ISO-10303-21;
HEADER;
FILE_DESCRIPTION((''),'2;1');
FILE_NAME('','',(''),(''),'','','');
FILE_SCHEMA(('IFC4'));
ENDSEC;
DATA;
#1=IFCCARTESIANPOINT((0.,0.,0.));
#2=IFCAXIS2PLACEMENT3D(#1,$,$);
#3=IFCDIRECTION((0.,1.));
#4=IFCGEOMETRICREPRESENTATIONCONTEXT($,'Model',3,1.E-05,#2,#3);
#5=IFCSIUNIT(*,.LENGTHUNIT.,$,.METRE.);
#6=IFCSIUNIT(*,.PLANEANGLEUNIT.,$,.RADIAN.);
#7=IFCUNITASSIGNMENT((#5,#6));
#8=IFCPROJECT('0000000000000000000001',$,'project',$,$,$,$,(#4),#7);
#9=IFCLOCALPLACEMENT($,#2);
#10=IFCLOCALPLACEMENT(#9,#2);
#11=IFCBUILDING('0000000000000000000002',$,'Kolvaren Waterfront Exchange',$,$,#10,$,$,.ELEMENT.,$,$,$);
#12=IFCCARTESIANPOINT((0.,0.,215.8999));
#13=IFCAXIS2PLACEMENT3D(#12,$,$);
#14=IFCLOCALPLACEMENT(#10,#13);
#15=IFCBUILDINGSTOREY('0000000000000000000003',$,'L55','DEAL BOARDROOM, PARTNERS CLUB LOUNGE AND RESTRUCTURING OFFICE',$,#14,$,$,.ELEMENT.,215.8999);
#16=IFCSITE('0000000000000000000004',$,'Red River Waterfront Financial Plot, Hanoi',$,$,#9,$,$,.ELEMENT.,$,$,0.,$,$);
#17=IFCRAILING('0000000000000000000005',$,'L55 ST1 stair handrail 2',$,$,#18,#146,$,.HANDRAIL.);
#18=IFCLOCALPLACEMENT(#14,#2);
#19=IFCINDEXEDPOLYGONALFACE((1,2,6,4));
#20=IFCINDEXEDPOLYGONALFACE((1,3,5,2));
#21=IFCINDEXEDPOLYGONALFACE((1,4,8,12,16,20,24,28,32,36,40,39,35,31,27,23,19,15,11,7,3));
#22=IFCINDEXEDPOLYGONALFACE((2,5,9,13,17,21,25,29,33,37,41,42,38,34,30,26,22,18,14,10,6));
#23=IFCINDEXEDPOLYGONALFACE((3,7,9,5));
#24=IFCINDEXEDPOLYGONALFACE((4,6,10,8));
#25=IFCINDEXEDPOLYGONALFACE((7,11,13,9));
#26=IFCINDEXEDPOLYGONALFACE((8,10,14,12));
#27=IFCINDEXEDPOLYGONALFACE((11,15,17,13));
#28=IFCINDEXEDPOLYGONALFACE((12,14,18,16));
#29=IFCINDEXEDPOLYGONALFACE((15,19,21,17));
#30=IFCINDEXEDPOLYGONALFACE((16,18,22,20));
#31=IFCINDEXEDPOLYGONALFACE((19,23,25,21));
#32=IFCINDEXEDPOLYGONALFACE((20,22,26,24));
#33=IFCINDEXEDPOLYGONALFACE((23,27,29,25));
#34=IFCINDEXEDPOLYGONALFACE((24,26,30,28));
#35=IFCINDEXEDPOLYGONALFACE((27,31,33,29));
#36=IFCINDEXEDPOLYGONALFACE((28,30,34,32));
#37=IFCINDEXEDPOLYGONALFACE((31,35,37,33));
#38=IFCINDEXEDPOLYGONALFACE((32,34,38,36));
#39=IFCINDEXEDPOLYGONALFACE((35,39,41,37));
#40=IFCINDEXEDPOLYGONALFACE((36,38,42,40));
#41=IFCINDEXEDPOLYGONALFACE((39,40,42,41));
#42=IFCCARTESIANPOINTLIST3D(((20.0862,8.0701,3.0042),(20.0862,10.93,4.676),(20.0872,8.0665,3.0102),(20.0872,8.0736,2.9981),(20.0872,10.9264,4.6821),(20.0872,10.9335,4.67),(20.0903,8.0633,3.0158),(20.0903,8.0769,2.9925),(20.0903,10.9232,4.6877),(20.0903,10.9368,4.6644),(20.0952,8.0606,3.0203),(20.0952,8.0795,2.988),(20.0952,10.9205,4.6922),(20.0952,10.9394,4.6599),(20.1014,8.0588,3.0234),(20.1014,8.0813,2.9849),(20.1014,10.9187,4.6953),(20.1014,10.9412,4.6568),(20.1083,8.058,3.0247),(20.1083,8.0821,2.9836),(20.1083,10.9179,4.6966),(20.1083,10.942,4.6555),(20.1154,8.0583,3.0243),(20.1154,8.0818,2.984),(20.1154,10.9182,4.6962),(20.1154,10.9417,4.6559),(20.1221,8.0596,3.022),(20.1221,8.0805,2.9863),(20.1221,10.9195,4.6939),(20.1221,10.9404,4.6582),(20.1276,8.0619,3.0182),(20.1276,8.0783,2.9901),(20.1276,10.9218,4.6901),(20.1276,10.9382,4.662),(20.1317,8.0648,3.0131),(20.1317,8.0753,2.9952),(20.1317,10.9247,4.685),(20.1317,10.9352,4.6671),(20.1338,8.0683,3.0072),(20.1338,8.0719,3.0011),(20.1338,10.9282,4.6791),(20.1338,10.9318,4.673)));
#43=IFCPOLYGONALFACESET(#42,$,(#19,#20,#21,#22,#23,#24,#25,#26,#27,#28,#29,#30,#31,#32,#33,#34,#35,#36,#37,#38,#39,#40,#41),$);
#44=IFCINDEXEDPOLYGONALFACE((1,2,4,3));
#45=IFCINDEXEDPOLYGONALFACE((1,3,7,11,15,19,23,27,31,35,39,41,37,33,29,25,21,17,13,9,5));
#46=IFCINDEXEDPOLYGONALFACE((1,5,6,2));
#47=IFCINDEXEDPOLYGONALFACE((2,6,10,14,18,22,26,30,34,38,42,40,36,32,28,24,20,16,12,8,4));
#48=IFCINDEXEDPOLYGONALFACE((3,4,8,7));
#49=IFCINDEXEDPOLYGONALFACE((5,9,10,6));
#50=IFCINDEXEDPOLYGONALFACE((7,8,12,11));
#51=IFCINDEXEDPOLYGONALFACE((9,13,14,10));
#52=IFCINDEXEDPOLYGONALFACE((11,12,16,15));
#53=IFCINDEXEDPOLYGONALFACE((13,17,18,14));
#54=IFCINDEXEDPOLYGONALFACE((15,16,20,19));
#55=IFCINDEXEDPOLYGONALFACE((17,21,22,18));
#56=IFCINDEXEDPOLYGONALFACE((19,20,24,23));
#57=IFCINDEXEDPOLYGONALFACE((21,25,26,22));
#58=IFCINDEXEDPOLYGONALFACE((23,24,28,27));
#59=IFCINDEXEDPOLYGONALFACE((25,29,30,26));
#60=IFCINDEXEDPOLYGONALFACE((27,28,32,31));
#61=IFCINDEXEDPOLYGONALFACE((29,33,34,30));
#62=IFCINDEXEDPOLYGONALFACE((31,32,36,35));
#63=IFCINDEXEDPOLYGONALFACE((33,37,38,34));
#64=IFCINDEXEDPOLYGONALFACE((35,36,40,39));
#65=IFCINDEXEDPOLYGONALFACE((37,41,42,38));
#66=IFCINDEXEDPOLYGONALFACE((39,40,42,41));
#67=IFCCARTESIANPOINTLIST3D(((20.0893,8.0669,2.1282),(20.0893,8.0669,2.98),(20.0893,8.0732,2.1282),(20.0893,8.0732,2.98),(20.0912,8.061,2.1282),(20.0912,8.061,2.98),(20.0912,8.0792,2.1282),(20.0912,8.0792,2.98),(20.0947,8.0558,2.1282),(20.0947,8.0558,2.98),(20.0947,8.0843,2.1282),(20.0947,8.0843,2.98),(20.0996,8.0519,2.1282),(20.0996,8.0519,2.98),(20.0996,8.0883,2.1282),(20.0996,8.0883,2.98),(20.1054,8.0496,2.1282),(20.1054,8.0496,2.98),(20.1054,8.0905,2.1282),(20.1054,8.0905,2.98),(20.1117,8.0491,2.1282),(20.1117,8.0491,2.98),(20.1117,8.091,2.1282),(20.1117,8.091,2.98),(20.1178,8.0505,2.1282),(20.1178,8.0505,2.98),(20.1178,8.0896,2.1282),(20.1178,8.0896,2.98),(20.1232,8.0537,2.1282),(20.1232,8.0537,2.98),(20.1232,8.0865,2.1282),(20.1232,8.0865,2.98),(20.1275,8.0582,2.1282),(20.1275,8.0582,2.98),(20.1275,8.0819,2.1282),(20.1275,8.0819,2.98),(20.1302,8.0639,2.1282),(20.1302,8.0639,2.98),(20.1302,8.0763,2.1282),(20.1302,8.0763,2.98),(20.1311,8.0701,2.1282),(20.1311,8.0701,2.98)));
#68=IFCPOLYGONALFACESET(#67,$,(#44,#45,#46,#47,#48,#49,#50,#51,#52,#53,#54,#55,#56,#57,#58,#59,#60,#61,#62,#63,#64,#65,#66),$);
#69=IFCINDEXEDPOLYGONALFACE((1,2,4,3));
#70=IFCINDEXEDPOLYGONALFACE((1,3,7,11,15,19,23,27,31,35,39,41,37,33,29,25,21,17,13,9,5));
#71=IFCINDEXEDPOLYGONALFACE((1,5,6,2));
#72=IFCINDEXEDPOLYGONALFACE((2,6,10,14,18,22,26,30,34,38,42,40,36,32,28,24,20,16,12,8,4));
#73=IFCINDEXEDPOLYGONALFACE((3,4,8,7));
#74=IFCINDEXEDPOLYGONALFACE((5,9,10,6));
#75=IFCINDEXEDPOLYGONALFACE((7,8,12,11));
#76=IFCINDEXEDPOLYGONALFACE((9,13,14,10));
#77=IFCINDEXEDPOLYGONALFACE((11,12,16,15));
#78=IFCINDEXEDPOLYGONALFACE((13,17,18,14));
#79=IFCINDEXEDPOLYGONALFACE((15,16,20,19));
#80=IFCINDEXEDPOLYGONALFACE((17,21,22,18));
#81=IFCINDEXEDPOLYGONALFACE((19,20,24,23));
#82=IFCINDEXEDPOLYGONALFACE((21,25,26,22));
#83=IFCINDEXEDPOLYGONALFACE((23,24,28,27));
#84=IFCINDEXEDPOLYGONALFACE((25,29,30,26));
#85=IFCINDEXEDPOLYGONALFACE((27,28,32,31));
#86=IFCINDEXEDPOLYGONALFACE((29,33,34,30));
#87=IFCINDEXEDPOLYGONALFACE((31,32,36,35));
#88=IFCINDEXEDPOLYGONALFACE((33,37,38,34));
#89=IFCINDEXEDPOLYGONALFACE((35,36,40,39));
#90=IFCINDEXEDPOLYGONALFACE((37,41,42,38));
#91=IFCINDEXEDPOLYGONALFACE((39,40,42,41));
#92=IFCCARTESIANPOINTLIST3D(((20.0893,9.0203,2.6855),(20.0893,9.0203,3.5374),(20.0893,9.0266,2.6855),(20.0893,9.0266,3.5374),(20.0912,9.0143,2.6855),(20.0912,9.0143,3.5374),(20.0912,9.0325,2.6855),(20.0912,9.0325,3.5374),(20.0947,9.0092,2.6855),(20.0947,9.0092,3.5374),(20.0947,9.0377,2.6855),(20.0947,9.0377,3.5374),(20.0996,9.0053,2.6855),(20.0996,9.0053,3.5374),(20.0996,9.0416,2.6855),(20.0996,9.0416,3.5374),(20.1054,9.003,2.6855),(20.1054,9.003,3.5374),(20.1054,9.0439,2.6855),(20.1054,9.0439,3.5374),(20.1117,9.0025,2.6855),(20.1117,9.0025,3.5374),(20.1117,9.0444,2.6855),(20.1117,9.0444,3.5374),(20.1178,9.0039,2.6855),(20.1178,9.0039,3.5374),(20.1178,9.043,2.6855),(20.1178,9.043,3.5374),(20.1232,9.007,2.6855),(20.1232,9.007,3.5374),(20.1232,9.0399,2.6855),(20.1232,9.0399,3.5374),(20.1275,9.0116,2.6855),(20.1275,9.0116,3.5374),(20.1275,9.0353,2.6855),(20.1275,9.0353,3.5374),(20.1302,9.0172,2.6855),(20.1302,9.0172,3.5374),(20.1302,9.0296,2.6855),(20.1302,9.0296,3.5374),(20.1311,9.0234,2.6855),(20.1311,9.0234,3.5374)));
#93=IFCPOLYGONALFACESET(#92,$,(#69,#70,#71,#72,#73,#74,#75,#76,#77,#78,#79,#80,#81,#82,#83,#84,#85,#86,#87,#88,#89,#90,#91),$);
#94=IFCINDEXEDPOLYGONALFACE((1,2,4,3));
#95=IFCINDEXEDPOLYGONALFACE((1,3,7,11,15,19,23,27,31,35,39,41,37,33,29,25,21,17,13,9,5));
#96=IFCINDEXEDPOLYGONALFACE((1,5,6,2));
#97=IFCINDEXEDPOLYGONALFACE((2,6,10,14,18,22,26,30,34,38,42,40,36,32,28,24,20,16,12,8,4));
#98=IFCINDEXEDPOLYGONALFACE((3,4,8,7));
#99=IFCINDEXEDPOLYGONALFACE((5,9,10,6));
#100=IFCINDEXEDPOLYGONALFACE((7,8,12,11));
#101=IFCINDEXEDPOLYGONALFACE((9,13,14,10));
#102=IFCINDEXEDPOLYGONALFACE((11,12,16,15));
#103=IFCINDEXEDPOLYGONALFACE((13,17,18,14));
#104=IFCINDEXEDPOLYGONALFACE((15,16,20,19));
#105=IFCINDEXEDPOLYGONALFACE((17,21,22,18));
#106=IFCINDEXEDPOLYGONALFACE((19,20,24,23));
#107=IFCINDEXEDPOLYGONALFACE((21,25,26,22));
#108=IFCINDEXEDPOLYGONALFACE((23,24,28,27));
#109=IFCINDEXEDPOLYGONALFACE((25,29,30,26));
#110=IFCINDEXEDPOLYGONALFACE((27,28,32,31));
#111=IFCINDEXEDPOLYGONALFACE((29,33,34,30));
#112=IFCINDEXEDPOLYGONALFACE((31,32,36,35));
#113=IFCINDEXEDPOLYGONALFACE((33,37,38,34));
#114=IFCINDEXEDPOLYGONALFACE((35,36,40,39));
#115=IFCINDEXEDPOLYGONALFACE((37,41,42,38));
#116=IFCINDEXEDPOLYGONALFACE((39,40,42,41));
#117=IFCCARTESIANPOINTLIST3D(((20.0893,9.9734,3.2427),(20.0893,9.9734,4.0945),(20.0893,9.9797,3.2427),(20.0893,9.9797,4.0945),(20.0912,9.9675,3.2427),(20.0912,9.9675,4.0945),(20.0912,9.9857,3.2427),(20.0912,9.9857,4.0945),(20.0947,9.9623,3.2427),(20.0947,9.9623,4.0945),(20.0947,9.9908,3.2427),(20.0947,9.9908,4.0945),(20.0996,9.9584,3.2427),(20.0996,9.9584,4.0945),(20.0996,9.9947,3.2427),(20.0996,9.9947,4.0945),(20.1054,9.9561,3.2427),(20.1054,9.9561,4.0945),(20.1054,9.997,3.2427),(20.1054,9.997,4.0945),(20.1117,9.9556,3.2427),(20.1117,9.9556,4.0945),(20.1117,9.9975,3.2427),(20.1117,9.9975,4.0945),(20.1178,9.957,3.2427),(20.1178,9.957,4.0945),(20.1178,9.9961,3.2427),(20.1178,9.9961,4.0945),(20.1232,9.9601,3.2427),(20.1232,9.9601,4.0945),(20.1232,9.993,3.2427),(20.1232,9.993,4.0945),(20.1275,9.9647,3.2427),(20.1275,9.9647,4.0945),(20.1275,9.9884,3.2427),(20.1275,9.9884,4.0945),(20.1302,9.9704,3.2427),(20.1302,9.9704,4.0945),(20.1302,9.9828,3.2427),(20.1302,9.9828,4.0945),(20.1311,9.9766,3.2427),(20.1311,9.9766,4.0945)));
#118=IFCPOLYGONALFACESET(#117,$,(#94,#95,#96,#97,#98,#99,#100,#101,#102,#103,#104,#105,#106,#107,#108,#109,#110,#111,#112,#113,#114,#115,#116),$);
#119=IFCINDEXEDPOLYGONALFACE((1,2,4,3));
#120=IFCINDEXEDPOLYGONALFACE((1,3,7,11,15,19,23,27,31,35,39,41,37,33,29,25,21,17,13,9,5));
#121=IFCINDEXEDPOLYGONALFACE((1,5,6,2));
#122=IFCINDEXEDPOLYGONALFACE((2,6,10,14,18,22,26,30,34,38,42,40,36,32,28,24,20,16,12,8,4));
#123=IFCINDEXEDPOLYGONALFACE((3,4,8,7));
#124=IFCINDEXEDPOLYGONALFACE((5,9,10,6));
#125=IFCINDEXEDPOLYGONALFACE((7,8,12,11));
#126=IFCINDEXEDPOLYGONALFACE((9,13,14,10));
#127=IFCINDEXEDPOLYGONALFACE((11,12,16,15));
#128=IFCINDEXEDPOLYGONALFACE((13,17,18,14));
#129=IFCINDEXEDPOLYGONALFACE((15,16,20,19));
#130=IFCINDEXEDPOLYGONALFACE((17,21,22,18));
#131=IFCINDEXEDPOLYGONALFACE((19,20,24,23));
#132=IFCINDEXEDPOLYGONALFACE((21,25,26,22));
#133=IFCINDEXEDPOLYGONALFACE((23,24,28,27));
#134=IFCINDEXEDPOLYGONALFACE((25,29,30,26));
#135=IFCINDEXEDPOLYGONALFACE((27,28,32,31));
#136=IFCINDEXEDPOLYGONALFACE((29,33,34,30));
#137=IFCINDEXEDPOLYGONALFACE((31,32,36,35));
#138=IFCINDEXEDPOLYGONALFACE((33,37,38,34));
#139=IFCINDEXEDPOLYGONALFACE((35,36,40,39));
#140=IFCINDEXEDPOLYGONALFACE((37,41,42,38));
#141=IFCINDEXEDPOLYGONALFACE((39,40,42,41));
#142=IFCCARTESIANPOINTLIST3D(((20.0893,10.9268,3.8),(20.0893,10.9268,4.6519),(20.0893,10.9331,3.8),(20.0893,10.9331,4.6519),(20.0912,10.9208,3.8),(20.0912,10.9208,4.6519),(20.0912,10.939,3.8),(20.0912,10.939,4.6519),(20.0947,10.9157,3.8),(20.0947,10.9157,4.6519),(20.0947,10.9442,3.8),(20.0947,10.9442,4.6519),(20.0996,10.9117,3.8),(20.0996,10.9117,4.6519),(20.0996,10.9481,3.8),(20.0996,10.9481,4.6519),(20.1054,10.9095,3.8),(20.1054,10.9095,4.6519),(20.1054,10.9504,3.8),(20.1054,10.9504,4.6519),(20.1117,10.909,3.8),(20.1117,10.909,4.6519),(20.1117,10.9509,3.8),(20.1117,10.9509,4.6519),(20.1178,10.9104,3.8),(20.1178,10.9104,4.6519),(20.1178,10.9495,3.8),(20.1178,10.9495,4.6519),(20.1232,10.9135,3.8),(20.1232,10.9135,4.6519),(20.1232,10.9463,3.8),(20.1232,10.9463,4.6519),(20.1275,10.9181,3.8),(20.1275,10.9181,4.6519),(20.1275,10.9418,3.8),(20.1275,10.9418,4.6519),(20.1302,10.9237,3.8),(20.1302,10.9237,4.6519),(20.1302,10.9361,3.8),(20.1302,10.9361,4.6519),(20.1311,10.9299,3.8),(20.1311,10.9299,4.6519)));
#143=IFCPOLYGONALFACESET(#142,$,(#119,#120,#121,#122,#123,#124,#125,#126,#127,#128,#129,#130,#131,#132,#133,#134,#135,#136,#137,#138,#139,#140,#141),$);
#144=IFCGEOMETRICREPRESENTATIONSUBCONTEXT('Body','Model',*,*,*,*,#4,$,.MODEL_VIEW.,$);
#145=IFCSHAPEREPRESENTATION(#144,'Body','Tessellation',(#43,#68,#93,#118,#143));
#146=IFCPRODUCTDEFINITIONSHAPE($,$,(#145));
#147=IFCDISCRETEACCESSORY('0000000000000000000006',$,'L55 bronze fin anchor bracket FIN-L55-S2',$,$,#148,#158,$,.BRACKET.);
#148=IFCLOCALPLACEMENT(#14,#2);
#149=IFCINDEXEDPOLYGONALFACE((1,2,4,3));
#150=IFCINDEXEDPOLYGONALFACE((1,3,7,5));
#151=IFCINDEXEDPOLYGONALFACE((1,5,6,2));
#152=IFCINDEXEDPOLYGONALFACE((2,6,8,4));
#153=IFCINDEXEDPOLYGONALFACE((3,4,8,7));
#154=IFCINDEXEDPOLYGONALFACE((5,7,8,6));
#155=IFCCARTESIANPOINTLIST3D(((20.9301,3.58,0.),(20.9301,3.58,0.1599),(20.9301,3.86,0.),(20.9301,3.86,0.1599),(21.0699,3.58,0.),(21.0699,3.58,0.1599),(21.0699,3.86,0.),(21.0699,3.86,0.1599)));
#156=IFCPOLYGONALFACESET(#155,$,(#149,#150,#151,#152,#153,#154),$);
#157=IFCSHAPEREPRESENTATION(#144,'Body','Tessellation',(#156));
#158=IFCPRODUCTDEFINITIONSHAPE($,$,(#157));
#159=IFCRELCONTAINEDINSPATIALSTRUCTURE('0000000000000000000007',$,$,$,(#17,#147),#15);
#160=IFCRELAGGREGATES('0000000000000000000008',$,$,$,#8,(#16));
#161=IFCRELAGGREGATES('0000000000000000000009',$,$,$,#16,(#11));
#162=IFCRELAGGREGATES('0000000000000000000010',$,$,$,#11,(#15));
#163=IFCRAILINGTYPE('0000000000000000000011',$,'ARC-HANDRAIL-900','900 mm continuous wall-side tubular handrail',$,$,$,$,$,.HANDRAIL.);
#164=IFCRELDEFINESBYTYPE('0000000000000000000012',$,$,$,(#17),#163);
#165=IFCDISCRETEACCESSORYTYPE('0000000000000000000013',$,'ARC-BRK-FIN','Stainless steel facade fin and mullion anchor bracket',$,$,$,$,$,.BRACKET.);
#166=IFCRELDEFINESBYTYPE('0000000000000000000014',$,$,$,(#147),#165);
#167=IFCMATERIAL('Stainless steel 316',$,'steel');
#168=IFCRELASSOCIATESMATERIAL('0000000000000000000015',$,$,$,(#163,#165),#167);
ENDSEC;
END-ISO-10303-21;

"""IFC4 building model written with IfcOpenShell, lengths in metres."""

from ifc_helpers import new_model, si_unit, direction, frame, origin, origin_with_axes, origin_2d, place, context, subcontext, project, spatial, rectangle, circle, extrude, source, transform, mapped, material, type_object, element, save


model = new_model("IFC4")

# Units and contexts
model_context = context("Model", 3, precision=1e-05, world=origin(), true_north=direction((0.0, 1.0)))
body_context = subcontext(model_context, "Body", "Model", "MODEL_VIEW")
ifc_project = project(units=[si_unit("LENGTHUNIT", "METRE"), si_unit("PLANEANGLEUNIT", "RADIAN")], contexts=[model_context])

# Site, building, storey
site_placement = place(None, origin())
site = spatial("IfcSite", under=ifc_project, at=site_placement, Name="Red River Waterfront Financial Plot, Hanoi", CompositionType="ELEMENT", RefElevation=0.0)
building_placement = place(site_placement, origin())
building = spatial("IfcBuilding", under=site, at=building_placement, Name="Kolvaren Waterfront Exchange", CompositionType="ELEMENT")
storey_placement = place(building_placement, frame((0.0, 0.0, 215.8999)))
storey = spatial("IfcBuildingStorey", under=building, at=storey_placement, Name="L55", Description="DEAL BOARDROOM, PARTNERS CLUB LOUNGE AND RESTRUCTURING OFFICE", CompositionType="ELEMENT", Elevation=215.8999)

# Railing
ifc_material_1 = material(Name="Stainless steel 316", Category="steel")
railing_type_1 = type_object("IfcRailingType", Name="ARC-HANDRAIL-900", Description="900 mm continuous wall-side tubular handrail", PredefinedType="HANDRAIL", material=ifc_material_1)
railing_1_placement = place(storey_placement, frame((20.1101, 8.0701, 2.1282)))
element("IfcRailing", 1, at=railing_1_placement, inside=storey, type_object=railing_type_1, Name="L55 ST1 stair handrail 2", PredefinedType="HANDRAIL", context=body_context, shape_type="SweptSolid", body=[
    extrude(circle(Radius=0.0239, at=origin_2d()), frame((0.0, 0.0, 0.876), z_axis=(0.0, 0.863303, 0.504686), x_axis=(-1.0, 0.0, 0.0)), (0.0, 0.0, 1.0), 3.3127),
    extrude(circle(Radius=0.021, at=origin_2d()), origin(), (0.0, 0.0, 1.0), 0.8518),
    extrude(circle(Radius=0.021, at=origin_2d()), frame((0.0, 0.9534, 0.5574)), (0.0, 0.0, 1.0), 0.8518),
    extrude(circle(Radius=0.021, at=origin_2d()), frame((0.0, 1.9065, 1.1145)), (0.0, 0.0, 1.0), 0.8518),
    extrude(circle(Radius=0.021, at=origin_2d()), frame((0.0, 2.8599, 1.6719)), (0.0, 0.0, 1.0), 0.8518),
])

# Discrete accessory
discrete_accessory_type = type_object("IfcDiscreteAccessoryType", Name="ARC-BRK-FIN", Description="Stainless steel facade fin and mullion anchor bracket", PredefinedType="BRACKET", material=ifc_material_1)
shared_shape_1 = source(origin_with_axes(), body_context, "Body", "SweptSolid", [
    extrude(rectangle(XDim=0.28, YDim=0.1399, at=origin_2d()), origin(), (0.0, 0.0, 1.0), 0.1599),
])
discrete_accessory_placement = place(storey_placement, frame((21.0, 3.72, 0.0), z_axis=(0.0, 0.0, 1.0), x_axis=(0.0, -1.0, 0.0)))
element("IfcDiscreteAccessory", 2, at=discrete_accessory_placement, inside=storey, type_object=discrete_accessory_type, Name="L55 bronze fin anchor bracket FIN-L55-S2", PredefinedType="BRACKET", context=body_context, shape_type="MappedRepresentation", body=[
    mapped(shared_shape_1, transform((0.0, 0.0, 0.0), x_axis=(1.0, 0.0, 0.0), y_axis=(0.0, 1.0, 0.0), z_axis=(0.0, 0.0, 1.0), scale=1.0)),
])

save(model, "model.ifc")
